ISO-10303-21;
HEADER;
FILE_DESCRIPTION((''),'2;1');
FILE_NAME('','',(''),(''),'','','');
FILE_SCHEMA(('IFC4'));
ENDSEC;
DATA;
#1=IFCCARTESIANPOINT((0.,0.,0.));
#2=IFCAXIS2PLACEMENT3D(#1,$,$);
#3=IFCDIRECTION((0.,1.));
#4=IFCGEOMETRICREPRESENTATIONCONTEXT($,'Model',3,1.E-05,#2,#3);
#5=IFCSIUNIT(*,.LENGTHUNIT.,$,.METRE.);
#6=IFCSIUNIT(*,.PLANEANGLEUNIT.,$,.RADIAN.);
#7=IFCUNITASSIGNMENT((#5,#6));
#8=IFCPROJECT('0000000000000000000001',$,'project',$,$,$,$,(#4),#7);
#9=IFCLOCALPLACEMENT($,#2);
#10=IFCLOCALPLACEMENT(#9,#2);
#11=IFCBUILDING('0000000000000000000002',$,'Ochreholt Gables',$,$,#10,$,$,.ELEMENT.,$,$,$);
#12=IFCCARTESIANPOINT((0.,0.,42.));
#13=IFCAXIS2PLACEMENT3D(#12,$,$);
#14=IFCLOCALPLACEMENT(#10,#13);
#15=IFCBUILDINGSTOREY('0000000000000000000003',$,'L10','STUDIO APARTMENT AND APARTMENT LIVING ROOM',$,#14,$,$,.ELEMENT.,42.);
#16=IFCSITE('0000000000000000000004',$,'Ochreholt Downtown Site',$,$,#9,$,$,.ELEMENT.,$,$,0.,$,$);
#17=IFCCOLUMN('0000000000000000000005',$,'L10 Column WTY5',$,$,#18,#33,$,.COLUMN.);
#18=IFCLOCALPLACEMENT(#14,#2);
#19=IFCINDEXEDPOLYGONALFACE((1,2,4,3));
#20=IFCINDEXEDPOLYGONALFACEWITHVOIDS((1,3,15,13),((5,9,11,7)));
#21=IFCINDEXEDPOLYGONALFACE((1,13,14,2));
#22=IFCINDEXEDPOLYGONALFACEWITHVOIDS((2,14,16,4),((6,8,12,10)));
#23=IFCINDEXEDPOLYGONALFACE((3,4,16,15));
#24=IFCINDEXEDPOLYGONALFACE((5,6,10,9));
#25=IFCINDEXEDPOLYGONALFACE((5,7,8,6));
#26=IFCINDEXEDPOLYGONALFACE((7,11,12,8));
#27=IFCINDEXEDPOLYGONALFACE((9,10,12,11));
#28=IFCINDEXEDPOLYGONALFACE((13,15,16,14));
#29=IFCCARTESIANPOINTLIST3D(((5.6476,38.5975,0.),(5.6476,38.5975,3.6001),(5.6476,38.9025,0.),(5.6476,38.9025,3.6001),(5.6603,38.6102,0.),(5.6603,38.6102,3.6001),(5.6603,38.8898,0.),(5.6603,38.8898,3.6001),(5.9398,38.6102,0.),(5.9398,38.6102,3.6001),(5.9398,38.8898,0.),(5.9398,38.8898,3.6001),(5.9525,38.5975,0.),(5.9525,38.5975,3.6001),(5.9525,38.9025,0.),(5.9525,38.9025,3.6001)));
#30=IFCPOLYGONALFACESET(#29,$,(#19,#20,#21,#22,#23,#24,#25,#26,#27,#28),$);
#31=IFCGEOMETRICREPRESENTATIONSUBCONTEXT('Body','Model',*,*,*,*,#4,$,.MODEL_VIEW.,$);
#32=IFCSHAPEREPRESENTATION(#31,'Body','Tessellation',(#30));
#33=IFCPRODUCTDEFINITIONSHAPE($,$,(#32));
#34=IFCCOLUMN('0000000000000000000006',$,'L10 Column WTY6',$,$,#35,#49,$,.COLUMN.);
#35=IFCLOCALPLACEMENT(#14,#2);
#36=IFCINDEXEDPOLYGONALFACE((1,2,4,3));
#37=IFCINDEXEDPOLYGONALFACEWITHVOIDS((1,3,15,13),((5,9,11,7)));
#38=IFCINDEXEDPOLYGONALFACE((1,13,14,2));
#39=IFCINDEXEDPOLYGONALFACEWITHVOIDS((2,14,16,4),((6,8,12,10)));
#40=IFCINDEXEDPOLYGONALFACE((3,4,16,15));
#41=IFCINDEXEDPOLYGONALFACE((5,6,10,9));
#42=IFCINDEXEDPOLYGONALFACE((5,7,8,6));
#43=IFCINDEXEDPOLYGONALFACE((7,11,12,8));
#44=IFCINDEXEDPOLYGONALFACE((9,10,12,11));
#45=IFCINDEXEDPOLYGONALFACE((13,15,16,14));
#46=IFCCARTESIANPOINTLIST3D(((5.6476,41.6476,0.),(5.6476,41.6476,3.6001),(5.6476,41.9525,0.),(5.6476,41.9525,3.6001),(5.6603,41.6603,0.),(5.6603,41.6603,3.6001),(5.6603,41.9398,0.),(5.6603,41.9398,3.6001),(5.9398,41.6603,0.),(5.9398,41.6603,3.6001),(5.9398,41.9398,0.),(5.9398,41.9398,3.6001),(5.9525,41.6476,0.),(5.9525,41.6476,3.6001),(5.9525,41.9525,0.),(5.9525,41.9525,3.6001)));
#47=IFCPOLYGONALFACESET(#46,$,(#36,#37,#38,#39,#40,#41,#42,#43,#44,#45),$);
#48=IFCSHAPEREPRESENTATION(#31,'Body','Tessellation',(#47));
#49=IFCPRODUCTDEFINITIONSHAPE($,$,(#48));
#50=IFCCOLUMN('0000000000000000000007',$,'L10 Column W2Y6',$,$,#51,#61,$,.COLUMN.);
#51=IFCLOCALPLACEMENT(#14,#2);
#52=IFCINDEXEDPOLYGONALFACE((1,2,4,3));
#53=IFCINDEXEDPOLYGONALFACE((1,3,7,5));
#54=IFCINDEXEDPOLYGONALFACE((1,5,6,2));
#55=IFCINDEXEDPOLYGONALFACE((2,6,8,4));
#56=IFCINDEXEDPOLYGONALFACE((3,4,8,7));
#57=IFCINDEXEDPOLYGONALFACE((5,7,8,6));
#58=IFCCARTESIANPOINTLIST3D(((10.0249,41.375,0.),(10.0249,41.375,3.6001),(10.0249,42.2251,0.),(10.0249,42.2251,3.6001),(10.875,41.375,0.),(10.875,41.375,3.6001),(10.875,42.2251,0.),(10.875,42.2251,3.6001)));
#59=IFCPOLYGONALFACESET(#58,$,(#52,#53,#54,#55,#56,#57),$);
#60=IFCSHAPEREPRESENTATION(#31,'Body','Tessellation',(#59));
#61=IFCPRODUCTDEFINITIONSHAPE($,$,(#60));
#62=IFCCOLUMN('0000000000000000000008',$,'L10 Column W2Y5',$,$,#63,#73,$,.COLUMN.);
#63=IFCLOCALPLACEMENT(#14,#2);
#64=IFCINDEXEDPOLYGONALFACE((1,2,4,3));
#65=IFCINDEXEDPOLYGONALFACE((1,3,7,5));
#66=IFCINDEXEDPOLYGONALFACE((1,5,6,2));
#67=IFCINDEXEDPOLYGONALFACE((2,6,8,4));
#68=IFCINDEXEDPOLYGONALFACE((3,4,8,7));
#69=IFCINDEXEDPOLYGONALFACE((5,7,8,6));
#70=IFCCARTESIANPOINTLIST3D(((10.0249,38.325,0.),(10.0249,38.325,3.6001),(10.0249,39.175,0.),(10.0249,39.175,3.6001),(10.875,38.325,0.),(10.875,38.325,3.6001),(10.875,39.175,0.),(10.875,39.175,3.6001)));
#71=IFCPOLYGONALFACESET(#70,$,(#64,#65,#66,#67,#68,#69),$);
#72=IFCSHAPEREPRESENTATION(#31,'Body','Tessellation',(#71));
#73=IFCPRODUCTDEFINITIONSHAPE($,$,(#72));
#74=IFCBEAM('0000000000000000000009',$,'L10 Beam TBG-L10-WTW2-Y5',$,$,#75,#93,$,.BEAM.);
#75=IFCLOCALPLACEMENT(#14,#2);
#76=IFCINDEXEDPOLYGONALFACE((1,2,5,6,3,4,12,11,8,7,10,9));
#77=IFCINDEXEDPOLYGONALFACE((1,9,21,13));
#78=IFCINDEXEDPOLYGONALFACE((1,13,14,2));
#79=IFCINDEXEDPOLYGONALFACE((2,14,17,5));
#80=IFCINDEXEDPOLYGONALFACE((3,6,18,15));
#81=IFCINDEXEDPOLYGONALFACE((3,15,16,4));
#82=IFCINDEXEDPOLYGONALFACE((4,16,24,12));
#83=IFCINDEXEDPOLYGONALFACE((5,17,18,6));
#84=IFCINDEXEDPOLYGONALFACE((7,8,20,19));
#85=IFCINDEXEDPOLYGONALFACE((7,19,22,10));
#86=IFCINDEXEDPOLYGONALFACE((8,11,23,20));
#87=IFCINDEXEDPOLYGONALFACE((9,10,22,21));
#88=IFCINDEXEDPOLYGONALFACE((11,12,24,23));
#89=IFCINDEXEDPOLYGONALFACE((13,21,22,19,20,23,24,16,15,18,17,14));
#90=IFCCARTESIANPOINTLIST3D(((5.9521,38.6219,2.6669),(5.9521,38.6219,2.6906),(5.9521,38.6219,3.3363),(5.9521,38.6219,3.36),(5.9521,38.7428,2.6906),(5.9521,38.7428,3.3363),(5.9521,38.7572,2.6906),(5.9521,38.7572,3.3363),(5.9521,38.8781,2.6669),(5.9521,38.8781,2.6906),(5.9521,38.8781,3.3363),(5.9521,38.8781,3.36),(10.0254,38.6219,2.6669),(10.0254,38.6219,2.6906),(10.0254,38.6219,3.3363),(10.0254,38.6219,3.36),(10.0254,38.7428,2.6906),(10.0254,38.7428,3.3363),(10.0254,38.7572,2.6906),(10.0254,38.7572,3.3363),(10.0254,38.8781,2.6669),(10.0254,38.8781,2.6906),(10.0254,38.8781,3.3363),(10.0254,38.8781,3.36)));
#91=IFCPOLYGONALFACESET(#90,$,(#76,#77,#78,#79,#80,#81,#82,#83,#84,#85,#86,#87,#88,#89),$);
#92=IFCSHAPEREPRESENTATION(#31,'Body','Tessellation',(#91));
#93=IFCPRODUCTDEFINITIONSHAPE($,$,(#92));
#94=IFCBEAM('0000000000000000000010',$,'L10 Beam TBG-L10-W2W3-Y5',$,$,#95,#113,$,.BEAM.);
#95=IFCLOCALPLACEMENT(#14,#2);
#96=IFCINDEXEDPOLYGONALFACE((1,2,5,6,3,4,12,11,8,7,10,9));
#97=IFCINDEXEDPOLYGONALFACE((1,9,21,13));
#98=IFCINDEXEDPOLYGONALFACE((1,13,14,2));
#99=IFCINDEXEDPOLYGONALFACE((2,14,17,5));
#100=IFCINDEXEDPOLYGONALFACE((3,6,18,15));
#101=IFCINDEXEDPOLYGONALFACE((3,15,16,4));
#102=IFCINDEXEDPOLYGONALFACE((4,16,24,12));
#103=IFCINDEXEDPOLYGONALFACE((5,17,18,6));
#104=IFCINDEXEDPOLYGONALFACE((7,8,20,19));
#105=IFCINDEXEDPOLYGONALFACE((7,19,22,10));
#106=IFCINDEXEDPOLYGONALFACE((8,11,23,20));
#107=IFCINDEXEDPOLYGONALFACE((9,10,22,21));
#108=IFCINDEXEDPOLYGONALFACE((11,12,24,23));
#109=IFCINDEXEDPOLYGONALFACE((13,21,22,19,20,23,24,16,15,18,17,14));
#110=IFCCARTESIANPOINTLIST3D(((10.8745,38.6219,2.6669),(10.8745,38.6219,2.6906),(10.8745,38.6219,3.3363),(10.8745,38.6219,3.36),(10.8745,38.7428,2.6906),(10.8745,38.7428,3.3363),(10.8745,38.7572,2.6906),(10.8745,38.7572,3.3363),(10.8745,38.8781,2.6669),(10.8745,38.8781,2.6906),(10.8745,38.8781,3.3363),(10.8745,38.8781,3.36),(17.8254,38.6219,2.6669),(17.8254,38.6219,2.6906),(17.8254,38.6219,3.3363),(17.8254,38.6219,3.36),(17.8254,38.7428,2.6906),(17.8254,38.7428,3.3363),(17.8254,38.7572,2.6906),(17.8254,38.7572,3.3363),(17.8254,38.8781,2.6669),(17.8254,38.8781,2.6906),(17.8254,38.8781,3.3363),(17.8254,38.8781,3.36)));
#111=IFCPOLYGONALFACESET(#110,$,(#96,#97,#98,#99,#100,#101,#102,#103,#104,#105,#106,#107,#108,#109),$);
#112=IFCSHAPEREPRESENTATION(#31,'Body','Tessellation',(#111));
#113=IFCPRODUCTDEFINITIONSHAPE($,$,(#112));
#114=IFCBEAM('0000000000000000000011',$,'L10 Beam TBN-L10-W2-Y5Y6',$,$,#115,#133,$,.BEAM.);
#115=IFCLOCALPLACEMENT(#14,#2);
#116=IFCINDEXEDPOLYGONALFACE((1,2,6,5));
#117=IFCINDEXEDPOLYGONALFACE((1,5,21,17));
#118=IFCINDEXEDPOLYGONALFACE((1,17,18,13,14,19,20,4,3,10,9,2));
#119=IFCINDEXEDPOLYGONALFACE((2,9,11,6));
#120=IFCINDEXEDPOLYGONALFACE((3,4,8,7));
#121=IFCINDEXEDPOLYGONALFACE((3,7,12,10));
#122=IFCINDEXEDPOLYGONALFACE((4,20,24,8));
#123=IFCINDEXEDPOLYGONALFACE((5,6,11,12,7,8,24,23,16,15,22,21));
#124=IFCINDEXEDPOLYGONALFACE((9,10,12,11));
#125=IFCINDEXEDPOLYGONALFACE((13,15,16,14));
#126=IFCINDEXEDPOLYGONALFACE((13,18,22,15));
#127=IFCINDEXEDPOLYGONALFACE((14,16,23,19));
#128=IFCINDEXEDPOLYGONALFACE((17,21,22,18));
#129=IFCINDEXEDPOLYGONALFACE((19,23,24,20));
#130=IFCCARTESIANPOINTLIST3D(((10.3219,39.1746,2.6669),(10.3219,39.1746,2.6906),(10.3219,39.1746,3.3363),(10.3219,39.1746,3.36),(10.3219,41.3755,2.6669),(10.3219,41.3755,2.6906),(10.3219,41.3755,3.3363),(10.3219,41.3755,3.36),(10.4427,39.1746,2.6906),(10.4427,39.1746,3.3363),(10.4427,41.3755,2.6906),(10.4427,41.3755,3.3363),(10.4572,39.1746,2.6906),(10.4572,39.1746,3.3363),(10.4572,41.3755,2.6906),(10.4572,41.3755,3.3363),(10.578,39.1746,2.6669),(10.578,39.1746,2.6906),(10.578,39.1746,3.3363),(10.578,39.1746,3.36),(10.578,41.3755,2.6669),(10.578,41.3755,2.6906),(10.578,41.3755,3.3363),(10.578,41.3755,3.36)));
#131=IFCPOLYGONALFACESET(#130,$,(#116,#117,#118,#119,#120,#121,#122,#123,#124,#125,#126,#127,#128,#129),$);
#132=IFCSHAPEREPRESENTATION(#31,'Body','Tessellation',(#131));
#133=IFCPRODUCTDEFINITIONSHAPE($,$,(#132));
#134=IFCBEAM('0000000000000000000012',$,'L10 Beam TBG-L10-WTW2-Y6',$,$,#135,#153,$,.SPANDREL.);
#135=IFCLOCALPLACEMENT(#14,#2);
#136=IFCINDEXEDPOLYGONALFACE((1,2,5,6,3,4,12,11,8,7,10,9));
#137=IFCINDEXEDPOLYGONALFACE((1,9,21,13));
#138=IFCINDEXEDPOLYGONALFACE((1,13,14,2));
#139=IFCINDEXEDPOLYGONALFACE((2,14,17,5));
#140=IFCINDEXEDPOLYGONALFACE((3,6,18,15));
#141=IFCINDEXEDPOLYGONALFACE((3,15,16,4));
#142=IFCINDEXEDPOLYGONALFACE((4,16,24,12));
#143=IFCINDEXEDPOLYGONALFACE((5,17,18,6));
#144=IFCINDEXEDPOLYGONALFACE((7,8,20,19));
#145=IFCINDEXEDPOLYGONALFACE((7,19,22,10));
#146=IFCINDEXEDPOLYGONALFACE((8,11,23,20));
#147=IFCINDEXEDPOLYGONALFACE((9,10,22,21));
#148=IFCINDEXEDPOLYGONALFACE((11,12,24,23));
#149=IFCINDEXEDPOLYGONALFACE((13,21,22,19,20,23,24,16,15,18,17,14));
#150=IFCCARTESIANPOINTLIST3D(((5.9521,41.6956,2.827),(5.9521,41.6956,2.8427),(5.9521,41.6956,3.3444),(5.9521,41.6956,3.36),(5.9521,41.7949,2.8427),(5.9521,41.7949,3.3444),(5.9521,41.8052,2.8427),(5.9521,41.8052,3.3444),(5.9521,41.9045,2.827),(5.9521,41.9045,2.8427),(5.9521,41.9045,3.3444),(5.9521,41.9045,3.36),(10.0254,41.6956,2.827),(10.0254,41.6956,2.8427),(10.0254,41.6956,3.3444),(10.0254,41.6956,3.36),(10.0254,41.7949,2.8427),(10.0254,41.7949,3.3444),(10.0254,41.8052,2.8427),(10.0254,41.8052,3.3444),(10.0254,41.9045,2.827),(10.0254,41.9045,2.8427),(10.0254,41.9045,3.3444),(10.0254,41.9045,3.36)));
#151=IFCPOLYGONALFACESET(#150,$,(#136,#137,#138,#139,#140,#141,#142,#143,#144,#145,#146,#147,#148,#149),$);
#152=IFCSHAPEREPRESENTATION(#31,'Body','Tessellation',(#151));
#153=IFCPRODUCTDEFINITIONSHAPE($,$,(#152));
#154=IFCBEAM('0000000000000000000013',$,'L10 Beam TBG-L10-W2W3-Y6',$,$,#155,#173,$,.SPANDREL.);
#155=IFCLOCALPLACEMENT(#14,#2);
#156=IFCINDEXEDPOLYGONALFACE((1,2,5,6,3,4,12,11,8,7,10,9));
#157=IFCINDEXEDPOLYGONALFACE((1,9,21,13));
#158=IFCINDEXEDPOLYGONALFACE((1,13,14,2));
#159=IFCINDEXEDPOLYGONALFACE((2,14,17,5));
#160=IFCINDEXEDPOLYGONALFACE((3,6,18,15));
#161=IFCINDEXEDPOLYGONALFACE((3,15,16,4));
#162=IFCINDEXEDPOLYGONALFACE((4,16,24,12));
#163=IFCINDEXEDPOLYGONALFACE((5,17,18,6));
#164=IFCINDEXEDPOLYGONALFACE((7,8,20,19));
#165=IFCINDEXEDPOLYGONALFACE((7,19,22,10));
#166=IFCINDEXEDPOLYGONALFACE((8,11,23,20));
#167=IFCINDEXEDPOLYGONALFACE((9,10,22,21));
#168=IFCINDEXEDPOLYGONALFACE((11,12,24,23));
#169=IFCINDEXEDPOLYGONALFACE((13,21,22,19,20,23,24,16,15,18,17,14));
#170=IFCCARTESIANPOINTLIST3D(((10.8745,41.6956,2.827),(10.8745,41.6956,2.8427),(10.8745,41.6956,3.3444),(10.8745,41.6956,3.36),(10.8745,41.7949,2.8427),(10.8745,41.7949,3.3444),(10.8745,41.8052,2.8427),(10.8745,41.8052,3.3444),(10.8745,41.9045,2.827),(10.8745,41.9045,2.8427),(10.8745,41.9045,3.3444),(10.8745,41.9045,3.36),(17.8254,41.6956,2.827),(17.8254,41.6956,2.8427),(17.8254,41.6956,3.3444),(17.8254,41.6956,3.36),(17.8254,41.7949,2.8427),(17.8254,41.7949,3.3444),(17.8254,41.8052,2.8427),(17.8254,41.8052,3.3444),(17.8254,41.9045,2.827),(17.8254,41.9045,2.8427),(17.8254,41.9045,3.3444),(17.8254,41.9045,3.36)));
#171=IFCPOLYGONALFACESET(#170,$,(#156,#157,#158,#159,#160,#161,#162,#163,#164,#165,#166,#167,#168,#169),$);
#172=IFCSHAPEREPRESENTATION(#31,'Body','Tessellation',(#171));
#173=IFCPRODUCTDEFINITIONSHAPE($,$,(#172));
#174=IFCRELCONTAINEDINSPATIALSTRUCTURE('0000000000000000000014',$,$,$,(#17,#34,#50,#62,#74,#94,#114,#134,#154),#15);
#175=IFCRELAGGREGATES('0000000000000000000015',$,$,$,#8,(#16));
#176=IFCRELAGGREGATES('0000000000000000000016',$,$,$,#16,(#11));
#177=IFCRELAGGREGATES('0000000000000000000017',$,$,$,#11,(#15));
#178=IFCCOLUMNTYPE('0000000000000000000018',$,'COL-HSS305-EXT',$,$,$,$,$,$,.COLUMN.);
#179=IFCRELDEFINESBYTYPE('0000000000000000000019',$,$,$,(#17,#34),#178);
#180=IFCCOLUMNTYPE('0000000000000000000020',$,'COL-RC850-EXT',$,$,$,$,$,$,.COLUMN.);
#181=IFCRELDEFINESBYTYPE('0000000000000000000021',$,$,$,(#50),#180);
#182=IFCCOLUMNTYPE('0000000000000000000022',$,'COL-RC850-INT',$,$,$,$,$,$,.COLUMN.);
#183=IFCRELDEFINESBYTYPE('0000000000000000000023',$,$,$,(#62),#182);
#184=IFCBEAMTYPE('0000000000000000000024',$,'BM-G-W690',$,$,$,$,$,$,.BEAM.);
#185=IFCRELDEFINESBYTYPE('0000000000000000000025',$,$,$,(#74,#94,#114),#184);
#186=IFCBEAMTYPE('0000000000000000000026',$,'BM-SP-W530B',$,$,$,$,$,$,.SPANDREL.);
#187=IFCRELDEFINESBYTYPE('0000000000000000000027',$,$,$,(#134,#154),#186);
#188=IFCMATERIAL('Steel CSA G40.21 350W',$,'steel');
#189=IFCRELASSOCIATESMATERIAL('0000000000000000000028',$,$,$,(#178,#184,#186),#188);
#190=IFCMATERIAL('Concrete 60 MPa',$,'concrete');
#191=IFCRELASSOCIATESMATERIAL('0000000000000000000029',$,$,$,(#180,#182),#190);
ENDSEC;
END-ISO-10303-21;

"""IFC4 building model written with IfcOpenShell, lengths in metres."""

from ifc_helpers import new_model, si_unit, direction, frame, origin, origin_2d, place, context, subcontext, project, spatial, rectangle, hollow_rectangle, i_section, extrude, material, material_profile, profile_set, type_object, element, save


model = new_model("IFC4")

# Units and contexts
model_context = context("Model", 3, precision=1e-05, world=origin(), true_north=direction((0.0, 1.0)))
body_context = subcontext(model_context, "Body", "Model", "MODEL_VIEW")
ifc_project = project(units=[si_unit("LENGTHUNIT", "METRE"), si_unit("PLANEANGLEUNIT", "RADIAN")], contexts=[model_context])

# Site, building, storey
site_placement = place(None, origin())
site = spatial("IfcSite", under=ifc_project, at=site_placement, Name="Ochreholt Downtown Site", CompositionType="ELEMENT", RefElevation=0.0)
building_placement = place(site_placement, origin())
building = spatial("IfcBuilding", under=site, at=building_placement, Name="Ochreholt Gables", CompositionType="ELEMENT")
storey_placement = place(building_placement, frame((0.0, 0.0, 42.0)))
storey = spatial("IfcBuildingStorey", under=building, at=storey_placement, Name="L10", Description="STUDIO APARTMENT AND APARTMENT LIVING ROOM", CompositionType="ELEMENT", Elevation=42.0)

# Columns
ifc_material_1 = material(Name="Steel CSA G40.21 350W", Category="steel")
ifc_material_profile_1 = material_profile(ifc_material_1, hollow_rectangle(XDim=0.3049, YDim=0.3049, WallThickness=0.0127, at=origin_2d()), Name="HSS305X305X13")
ifc_profile_set_1 = profile_set([ifc_material_profile_1], Name="Steel CSA G40.21 350W")
column_type_1 = type_object("IfcColumnType", Name="COL-HSS305-EXT", PredefinedType="COLUMN", material=ifc_profile_set_1)
for number, where, z_axis, x_axis, name in (
    (1, (5.8, 38.75, 0.0), (0.0, 0.0, 1.0), (1.0, 0.0, 0.0), "L10 Column WTY5"),
    (2, (5.8, 41.8, 0.0), (0.0, 0.0, 1.0), (1.0, 0.0, 0.0), "L10 Column WTY6"),
):
    element("IfcColumn", number, at=place(storey_placement, frame(where, z_axis=z_axis, x_axis=x_axis)), inside=storey, type_object=column_type_1, Name=name, PredefinedType="COLUMN", context=body_context, shape_type="SweptSolid", body=[
        extrude(hollow_rectangle(XDim=0.3049, YDim=0.3049, WallThickness=0.0127, at=origin_2d()), origin(), (0.0, 0.0, 1.0), 3.6001),
    ])
ifc_material_2 = material(Name="Concrete 60 MPa", Category="concrete")
ifc_material_profile_2 = material_profile(ifc_material_2, rectangle(XDim=0.8501, YDim=0.8501, at=origin_2d()), Name="RC850X850")
ifc_profile_set_2 = profile_set([ifc_material_profile_2], Name="Concrete 60 MPa")
column_type_2 = type_object("IfcColumnType", Name="COL-RC850-EXT", PredefinedType="COLUMN", material=ifc_profile_set_2)
column_1_placement = place(storey_placement, frame((10.45, 41.8, 0.0), z_axis=(0.0, 0.0, 1.0), x_axis=(1.0, 0.0, 0.0)))
element("IfcColumn", 3, at=column_1_placement, inside=storey, type_object=column_type_2, Name="L10 Column W2Y6", PredefinedType="COLUMN", context=body_context, shape_type="SweptSolid", body=[
    extrude(rectangle(XDim=0.8501, YDim=0.8501, at=origin_2d()), origin(), (0.0, 0.0, 1.0), 3.6001),
])
ifc_material_profile_3 = material_profile(ifc_material_2, rectangle(XDim=0.8501, YDim=0.8501, at=origin_2d()), Name="RC850X850")
ifc_profile_set_3 = profile_set([ifc_material_profile_3], Name="Concrete 60 MPa")
column_type_3 = type_object("IfcColumnType", Name="COL-RC850-INT", PredefinedType="COLUMN", material=ifc_profile_set_3)
column_2_placement = place(storey_placement, frame((10.45, 38.75, 0.0), z_axis=(0.0, 0.0, 1.0), x_axis=(1.0, 0.0, 0.0)))
element("IfcColumn", 4, at=column_2_placement, inside=storey, type_object=column_type_3, Name="L10 Column W2Y5", PredefinedType="COLUMN", context=body_context, shape_type="SweptSolid", body=[
    extrude(rectangle(XDim=0.8501, YDim=0.8501, at=origin_2d()), origin(), (0.0, 0.0, 1.0), 3.6001),
])

# Beams
ifc_material_profile_4 = material_profile(ifc_material_1, i_section(OverallWidth=0.2561, OverallDepth=0.6931, WebThickness=0.0144, FlangeThickness=0.0237, at=origin_2d()), Name="W690X170")
ifc_profile_set_4 = profile_set([ifc_material_profile_4], Name="Steel CSA G40.21 350W")
beam_type_1 = type_object("IfcBeamType", Name="BM-G-W690", PredefinedType="BEAM", material=ifc_profile_set_4)
beam_1_placement = place(storey_placement, frame((5.9521, 38.75, 3.0134), z_axis=(1.0, 0.0, 0.0), x_axis=(0.0, 1.0, 0.0)))
element("IfcBeam", 5, at=beam_1_placement, inside=storey, type_object=beam_type_1, Name="L10 Beam TBG-L10-WTW2-Y5", PredefinedType="BEAM", context=body_context, shape_type="SweptSolid", body=[
    extrude(i_section(OverallWidth=0.2561, OverallDepth=0.6931, WebThickness=0.0144, FlangeThickness=0.0237, at=origin_2d()), origin(), (0.0, 0.0, 1.0), 4.0732),
])
beam_2_placement = place(storey_placement, frame((10.8745, 38.75, 3.0134), z_axis=(1.0, 0.0, 0.0), x_axis=(0.0, 1.0, 0.0)))
element("IfcBeam", 6, at=beam_2_placement, inside=storey, type_object=beam_type_1, Name="L10 Beam TBG-L10-W2W3-Y5", PredefinedType="BEAM", context=body_context, shape_type="SweptSolid", body=[
    extrude(i_section(OverallWidth=0.2561, OverallDepth=0.6931, WebThickness=0.0144, FlangeThickness=0.0237, at=origin_2d()), origin(), (0.0, 0.0, 1.0), 6.9509),
])
beam_3_placement = place(storey_placement, frame((10.45, 39.1746, 3.0134), z_axis=(0.0, 1.0, 0.0), x_axis=(-1.0, 0.0, 0.0)))
element("IfcBeam", 7, at=beam_3_placement, inside=storey, type_object=beam_type_1, Name="L10 Beam TBN-L10-W2-Y5Y6", PredefinedType="BEAM", context=body_context, shape_type="SweptSolid", body=[
    extrude(i_section(OverallWidth=0.2561, OverallDepth=0.6931, WebThickness=0.0144, FlangeThickness=0.0237, at=origin_2d()), origin(), (0.0, 0.0, 1.0), 2.2009),
])
ifc_material_profile_5 = material_profile(ifc_material_1, i_section(OverallWidth=0.209, OverallDepth=0.533, WebThickness=0.0103, FlangeThickness=0.0156, at=origin_2d()), Name="W530X92")
ifc_profile_set_5 = profile_set([ifc_material_profile_5], Name="Steel CSA G40.21 350W")
beam_type_2 = type_object("IfcBeamType", Name="BM-SP-W530B", PredefinedType="SPANDREL", material=ifc_profile_set_5)
beam_4_placement = place(storey_placement, frame((5.9521, 41.8, 3.0935), z_axis=(1.0, 0.0, 0.0), x_axis=(0.0, 1.0, 0.0)))
element("IfcBeam", 8, at=beam_4_placement, inside=storey, type_object=beam_type_2, Name="L10 Beam TBG-L10-WTW2-Y6", PredefinedType="SPANDREL", context=body_context, shape_type="SweptSolid", body=[
    extrude(i_section(OverallWidth=0.209, OverallDepth=0.533, WebThickness=0.0103, FlangeThickness=0.0156, at=origin_2d()), origin(), (0.0, 0.0, 1.0), 4.0732),
])
beam_5_placement = place(storey_placement, frame((10.8745, 41.8, 3.0935), z_axis=(1.0, 0.0, 0.0), x_axis=(0.0, 1.0, 0.0)))
element("IfcBeam", 9, at=beam_5_placement, inside=storey, type_object=beam_type_2, Name="L10 Beam TBG-L10-W2W3-Y6", PredefinedType="SPANDREL", context=body_context, shape_type="SweptSolid", body=[
    extrude(i_section(OverallWidth=0.209, OverallDepth=0.533, WebThickness=0.0103, FlangeThickness=0.0156, at=origin_2d()), origin(), (0.0, 0.0, 1.0), 6.9509),
])

save(model, "model.ifc")
